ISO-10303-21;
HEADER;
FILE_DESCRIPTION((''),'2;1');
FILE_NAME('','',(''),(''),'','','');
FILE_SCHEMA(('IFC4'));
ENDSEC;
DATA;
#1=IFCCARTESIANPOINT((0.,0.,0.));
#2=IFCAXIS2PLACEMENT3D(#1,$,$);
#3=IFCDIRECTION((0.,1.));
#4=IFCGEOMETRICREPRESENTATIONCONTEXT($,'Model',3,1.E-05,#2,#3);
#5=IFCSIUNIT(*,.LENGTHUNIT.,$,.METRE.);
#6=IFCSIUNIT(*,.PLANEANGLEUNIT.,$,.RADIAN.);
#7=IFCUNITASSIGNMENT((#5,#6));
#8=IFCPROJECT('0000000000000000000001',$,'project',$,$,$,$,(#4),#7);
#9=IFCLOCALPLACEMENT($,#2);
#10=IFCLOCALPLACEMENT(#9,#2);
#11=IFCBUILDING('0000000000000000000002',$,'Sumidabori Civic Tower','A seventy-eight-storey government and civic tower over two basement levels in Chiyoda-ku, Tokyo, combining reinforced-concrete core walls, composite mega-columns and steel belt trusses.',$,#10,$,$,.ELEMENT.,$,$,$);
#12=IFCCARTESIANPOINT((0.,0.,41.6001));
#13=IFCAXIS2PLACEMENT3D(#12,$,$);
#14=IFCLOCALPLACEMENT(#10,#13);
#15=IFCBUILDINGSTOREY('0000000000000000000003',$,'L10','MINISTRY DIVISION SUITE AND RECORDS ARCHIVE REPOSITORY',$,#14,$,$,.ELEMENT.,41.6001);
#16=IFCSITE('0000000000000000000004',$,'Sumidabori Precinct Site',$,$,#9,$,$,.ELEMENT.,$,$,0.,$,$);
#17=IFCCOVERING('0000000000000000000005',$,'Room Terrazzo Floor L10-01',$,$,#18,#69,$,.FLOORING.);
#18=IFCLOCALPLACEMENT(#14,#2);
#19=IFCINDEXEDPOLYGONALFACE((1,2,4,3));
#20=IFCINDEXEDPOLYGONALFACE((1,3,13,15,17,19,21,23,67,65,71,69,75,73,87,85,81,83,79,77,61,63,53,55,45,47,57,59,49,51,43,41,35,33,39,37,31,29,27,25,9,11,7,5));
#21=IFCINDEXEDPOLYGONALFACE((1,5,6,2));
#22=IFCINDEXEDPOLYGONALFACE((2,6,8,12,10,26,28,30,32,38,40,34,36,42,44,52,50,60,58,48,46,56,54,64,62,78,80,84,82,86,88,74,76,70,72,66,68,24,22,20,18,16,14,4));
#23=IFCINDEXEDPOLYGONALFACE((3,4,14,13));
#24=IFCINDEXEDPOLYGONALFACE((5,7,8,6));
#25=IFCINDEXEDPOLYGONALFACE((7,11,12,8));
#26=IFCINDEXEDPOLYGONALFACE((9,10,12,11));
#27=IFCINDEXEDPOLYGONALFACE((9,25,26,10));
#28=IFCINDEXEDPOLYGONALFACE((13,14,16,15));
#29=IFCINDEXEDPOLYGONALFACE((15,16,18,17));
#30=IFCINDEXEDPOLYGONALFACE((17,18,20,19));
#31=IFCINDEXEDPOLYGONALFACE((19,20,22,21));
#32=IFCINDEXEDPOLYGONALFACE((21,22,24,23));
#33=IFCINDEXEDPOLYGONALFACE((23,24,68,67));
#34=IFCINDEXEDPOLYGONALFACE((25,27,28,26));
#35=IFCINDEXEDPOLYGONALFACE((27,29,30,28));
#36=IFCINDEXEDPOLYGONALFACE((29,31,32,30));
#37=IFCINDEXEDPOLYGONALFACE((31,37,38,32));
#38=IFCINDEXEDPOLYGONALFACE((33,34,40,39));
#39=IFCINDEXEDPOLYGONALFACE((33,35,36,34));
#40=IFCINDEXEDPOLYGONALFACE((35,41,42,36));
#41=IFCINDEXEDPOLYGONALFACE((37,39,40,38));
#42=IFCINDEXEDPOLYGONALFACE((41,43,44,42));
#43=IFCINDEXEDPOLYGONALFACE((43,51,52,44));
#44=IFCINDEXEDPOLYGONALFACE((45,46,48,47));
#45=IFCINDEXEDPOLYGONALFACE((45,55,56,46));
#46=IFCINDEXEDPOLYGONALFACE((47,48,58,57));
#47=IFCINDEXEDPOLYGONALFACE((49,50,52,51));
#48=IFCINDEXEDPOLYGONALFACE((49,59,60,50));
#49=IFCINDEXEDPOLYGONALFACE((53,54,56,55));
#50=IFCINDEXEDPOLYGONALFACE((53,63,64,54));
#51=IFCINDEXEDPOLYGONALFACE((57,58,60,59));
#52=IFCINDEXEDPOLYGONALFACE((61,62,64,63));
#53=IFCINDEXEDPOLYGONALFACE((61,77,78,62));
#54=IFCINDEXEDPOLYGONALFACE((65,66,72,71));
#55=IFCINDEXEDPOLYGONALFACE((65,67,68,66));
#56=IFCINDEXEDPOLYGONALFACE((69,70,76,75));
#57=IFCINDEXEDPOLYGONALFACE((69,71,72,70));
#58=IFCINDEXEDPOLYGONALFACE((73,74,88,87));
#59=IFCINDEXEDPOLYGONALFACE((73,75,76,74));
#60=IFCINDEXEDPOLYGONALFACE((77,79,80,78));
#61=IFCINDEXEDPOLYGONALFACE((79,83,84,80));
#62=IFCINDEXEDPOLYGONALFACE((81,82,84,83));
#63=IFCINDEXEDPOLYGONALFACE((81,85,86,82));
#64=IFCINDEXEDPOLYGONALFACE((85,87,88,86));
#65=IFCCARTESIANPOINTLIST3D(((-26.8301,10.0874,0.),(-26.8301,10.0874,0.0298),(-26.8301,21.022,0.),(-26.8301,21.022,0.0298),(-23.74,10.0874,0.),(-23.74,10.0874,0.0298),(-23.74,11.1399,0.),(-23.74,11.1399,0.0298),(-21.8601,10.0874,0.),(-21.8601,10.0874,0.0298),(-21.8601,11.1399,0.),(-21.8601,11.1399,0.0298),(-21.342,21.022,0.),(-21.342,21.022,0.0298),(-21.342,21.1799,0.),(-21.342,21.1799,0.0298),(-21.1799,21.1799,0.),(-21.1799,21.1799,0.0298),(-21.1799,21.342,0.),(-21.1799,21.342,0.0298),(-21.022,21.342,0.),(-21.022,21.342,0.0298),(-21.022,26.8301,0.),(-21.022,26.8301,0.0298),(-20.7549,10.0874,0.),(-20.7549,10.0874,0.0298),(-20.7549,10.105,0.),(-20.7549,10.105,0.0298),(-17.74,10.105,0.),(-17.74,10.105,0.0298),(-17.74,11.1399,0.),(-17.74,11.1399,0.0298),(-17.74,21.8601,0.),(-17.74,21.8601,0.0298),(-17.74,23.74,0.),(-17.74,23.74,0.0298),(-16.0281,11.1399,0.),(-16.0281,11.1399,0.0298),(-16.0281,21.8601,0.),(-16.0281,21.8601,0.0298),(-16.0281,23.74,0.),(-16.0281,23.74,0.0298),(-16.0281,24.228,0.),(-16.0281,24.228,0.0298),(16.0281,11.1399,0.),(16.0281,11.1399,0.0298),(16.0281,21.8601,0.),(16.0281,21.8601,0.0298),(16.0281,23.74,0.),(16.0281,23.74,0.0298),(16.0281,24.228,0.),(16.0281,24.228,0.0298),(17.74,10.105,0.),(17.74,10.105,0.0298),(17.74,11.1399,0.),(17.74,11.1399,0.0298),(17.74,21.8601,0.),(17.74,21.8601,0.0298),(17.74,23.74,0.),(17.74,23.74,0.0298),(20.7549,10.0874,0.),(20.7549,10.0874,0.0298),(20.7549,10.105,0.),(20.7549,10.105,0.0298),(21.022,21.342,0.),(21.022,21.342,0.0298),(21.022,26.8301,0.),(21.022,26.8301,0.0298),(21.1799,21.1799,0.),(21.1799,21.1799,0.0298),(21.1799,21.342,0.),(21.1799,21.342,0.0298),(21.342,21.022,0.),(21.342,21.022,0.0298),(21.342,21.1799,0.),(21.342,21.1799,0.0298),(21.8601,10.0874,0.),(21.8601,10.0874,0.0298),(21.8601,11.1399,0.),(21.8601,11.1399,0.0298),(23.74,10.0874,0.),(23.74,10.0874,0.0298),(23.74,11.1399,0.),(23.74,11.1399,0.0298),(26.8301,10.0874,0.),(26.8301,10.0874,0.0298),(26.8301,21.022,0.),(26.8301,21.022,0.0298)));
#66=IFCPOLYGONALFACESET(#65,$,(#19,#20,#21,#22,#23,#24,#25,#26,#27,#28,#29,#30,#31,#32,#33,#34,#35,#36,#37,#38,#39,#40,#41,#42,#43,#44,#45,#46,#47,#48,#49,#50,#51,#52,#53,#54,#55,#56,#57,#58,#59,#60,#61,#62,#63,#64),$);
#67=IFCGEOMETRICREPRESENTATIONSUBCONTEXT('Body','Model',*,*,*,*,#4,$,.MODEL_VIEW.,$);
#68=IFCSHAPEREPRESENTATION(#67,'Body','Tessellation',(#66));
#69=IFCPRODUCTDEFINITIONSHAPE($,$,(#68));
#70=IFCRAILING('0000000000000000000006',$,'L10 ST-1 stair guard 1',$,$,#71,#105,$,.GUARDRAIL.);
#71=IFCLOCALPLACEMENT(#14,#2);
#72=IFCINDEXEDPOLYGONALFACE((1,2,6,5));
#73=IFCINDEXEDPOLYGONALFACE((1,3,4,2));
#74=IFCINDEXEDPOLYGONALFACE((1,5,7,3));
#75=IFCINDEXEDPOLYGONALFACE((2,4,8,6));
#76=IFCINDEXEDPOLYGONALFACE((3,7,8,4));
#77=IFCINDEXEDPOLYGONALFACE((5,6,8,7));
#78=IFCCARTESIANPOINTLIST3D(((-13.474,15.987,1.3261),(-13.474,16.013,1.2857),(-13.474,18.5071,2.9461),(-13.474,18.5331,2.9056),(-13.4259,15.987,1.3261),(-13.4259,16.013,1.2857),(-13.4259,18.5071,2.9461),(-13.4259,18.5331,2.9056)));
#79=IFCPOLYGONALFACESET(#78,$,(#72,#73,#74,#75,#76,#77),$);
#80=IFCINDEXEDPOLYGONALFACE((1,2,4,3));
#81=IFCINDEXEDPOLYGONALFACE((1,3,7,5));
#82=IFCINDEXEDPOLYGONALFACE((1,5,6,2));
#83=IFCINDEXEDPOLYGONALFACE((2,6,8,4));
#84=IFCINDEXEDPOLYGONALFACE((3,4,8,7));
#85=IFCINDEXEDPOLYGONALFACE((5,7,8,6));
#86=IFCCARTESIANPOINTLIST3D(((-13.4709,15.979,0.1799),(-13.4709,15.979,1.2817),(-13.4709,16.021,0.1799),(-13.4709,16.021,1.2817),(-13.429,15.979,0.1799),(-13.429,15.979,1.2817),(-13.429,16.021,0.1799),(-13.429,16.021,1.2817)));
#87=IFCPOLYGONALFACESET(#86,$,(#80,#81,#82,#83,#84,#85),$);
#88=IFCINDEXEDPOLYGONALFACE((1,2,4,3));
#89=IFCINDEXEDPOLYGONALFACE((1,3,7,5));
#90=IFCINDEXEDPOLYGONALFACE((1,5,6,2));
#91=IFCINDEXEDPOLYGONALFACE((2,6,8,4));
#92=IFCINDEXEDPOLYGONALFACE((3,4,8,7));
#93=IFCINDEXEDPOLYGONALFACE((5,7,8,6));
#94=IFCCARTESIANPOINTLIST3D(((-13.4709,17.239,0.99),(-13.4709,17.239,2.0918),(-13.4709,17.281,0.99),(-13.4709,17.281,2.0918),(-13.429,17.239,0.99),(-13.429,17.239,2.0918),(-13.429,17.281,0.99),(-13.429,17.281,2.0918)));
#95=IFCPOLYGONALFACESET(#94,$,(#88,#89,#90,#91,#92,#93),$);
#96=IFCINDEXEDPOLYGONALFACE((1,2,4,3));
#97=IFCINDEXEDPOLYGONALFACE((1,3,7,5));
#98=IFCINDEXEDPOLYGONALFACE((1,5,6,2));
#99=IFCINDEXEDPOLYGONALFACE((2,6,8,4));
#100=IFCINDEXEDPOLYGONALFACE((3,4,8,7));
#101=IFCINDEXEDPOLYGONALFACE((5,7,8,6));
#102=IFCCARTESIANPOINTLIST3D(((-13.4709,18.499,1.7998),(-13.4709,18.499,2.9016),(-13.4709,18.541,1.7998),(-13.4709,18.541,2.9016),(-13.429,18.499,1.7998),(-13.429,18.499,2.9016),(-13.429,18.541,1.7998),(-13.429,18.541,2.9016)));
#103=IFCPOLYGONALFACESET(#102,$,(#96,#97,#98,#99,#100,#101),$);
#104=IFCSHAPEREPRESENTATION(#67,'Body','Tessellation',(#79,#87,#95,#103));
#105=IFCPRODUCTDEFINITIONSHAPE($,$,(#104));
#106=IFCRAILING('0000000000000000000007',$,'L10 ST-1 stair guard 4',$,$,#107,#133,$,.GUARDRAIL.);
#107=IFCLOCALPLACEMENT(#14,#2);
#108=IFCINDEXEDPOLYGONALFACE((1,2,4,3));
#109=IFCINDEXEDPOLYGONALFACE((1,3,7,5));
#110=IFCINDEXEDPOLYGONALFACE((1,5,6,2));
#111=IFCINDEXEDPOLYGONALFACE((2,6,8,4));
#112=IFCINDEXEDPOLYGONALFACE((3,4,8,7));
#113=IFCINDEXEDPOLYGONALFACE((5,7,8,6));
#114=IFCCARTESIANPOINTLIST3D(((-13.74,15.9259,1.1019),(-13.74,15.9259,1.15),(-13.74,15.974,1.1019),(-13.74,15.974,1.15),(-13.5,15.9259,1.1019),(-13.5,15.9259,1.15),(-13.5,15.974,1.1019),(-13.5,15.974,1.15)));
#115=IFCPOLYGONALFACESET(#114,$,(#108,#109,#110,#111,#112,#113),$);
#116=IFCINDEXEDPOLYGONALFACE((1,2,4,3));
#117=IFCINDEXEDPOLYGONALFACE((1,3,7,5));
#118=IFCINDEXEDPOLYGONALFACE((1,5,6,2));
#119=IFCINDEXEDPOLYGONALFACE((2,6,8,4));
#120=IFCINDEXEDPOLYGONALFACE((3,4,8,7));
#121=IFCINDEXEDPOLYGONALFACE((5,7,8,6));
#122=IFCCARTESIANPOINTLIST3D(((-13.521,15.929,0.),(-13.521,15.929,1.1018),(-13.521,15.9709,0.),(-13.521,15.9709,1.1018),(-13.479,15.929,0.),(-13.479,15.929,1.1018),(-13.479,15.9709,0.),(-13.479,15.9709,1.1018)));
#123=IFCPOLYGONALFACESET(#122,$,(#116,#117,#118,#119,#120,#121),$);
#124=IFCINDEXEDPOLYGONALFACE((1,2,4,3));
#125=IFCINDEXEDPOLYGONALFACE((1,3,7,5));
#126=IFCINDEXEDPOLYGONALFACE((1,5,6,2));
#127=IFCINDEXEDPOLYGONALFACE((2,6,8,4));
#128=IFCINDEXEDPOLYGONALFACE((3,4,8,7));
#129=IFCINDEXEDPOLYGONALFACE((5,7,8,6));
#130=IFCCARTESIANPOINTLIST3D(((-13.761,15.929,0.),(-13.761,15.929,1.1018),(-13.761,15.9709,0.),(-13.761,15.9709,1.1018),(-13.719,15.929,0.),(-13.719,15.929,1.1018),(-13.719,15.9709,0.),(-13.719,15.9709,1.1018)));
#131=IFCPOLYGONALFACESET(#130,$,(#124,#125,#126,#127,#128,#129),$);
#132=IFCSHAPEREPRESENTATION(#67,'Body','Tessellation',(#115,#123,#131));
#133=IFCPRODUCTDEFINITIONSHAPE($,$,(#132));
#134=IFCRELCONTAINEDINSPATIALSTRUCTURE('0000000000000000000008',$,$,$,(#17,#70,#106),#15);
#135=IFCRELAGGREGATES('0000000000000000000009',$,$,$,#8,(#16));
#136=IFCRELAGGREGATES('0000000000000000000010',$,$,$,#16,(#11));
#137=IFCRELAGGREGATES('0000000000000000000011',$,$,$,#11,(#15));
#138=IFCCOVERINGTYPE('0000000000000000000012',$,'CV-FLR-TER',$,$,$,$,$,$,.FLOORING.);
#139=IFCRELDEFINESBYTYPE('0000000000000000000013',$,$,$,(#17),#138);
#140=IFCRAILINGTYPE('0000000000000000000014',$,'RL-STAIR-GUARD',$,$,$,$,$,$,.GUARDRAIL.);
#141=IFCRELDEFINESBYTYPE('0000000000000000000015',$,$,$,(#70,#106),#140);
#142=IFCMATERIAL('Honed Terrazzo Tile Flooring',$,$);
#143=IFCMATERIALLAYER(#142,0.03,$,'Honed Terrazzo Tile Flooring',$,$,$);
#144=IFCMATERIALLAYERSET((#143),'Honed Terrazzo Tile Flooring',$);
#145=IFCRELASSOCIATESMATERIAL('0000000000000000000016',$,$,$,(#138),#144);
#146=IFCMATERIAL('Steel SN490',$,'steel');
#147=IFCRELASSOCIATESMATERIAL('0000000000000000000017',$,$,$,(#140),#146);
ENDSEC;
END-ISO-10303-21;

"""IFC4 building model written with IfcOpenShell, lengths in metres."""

from ifc_helpers import new_model, si_unit, direction, frame, origin, origin_2d, place, context, subcontext, project, spatial, polyline, rectangle, outline, extrude, material, layer, layer_set, type_object, element, save


model = new_model("IFC4")

# Units and contexts
model_context = context("Model", 3, precision=1e-05, world=origin(), true_north=direction((0.0, 1.0)))
body_context = subcontext(model_context, "Body", "Model", "MODEL_VIEW")
ifc_project = project(units=[si_unit("LENGTHUNIT", "METRE"), si_unit("PLANEANGLEUNIT", "RADIAN")], contexts=[model_context])

# Site, building, storey
site_placement = place(None, origin())
site = spatial("IfcSite", under=ifc_project, at=site_placement, Name="Sumidabori Precinct Site", CompositionType="ELEMENT", RefElevation=0.0)
building_placement = place(site_placement, origin())
building = spatial("IfcBuilding", under=site, at=building_placement, Name="Sumidabori Civic Tower", Description="A seventy-eight-storey government and civic tower over two basement levels in Chiyoda-ku, Tokyo, combining reinforced-concrete core walls, composite mega-columns and steel belt trusses.", CompositionType="ELEMENT")
storey_placement = place(building_placement, frame((0.0, 0.0, 41.6001)))
storey = spatial("IfcBuildingStorey", under=building, at=storey_placement, Name="L10", Description="MINISTRY DIVISION SUITE AND RECORDS ARCHIVE REPOSITORY", CompositionType="ELEMENT", Elevation=41.6001)

# Shared definitions
ifc_material_1 = material(Name="Steel SN490", Category="steel")

# Covering
ifc_material_2 = material(Name="Honed Terrazzo Tile Flooring")
ifc_layer_1 = layer(ifc_material_2, 0.03, Name="Honed Terrazzo Tile Flooring")
ifc_layer_set_1 = layer_set([ifc_layer_1], Name="Honed Terrazzo Tile Flooring")
covering_type_1 = type_object("IfcCoveringType", Name="CV-FLR-TER", PredefinedType="FLOORING", material=ifc_layer_set_1)
covering_1_placement = place(storey_placement, origin())
element("IfcCovering", 1, at=covering_1_placement, inside=storey, type_object=covering_type_1, Name="Room Terrazzo Floor L10-01", PredefinedType="FLOORING", context=body_context, shape_type="SweptSolid", body=[
    extrude(outline(polyline([(-21.342, 21.1799), (-21.1799, 21.1799), (-21.1799, 21.342), (-21.022, 21.342), (-21.022, 26.8301), (21.022, 26.8301), (21.022, 21.342), (21.1799, 21.342), (21.1799, 21.1799), (21.342, 21.1799), (21.342, 21.022), (26.8301, 21.022), (26.8301, 10.0874), (23.74, 10.0874), (23.74, 11.1399), (21.8601, 11.1399), (21.8601, 10.0874), (20.7549, 10.0874), (20.7549, 10.105), (17.74, 10.105), (17.74, 11.1399), (16.0281, 11.1399), (16.0281, 21.8601), (17.74, 21.8601), (17.74, 23.74), (16.0281, 23.74), (16.0281, 24.228), (-16.0281, 24.228), (-16.0281, 23.74), (-17.74, 23.74), (-17.74, 21.8601), (-16.0281, 21.8601), (-16.0281, 11.1399), (-17.74, 11.1399), (-17.74, 10.105), (-20.7549, 10.105), (-20.7549, 10.0874), (-21.8601, 10.0874), (-21.8601, 11.1399), (-23.74, 11.1399), (-23.74, 10.0874), (-26.8301, 10.0874), (-26.8301, 21.022), (-21.342, 21.022), (-21.342, 21.1799)])), origin(), (0.0, 0.0, 1.0), 0.0298),
])

# Railings
railing_type = type_object("IfcRailingType", Name="RL-STAIR-GUARD", PredefinedType="GUARDRAIL", material=ifc_material_1)
railing_1_placement = place(storey_placement, frame((-13.45, 16.0, 0.1799)))
element("IfcRailing", 2, at=railing_1_placement, inside=storey, type_object=railing_type, Name="L10 ST-1 stair guard 1", PredefinedType="GUARDRAIL", context=body_context, shape_type="SweptSolid", body=[
    extrude(rectangle(XDim=0.0481, YDim=0.0481, at=origin_2d()), frame((0.0, 0.0, 1.126), z_axis=(0.0, 0.8412, 0.540725), x_axis=(-1.0, 0.0, 0.0)), (0.0, 0.0, 1.0), 2.9958),
    extrude(rectangle(XDim=0.042, YDim=0.042, at=origin_2d()), origin(), (0.0, 0.0, 1.0), 1.1018),
    extrude(rectangle(XDim=0.042, YDim=0.042, at=origin_2d()), frame((0.0, 1.26, 0.8101)), (0.0, 0.0, 1.0), 1.1018),
    extrude(rectangle(XDim=0.042, YDim=0.042, at=origin_2d()), frame((0.0, 2.52, 1.6199)), (0.0, 0.0, 1.0), 1.1018),
])
railing_2_placement = place(storey_placement, frame((-13.5, 15.95, 0.0)))
element("IfcRailing", 3, at=railing_2_placement, inside=storey, type_object=railing_type, Name="L10 ST-1 stair guard 4", PredefinedType="GUARDRAIL", context=body_context, shape_type="SweptSolid", body=[
    extrude(rectangle(XDim=0.0481, YDim=0.0481, at=origin_2d()), frame((0.0, 0.0, 1.126), z_axis=(-1.0, 0.0, 0.0), x_axis=(0.0, -1.0, 0.0)), (0.0, 0.0, 1.0), 0.24),
    extrude(rectangle(XDim=0.042, YDim=0.042, at=origin_2d()), origin(), (0.0, 0.0, 1.0), 1.1018),
    extrude(rectangle(XDim=0.042, YDim=0.042, at=origin_2d()), frame((-0.24, 0.0, 0.0)), (0.0, 0.0, 1.0), 1.1018),
])

save(model, "model.ifc")
